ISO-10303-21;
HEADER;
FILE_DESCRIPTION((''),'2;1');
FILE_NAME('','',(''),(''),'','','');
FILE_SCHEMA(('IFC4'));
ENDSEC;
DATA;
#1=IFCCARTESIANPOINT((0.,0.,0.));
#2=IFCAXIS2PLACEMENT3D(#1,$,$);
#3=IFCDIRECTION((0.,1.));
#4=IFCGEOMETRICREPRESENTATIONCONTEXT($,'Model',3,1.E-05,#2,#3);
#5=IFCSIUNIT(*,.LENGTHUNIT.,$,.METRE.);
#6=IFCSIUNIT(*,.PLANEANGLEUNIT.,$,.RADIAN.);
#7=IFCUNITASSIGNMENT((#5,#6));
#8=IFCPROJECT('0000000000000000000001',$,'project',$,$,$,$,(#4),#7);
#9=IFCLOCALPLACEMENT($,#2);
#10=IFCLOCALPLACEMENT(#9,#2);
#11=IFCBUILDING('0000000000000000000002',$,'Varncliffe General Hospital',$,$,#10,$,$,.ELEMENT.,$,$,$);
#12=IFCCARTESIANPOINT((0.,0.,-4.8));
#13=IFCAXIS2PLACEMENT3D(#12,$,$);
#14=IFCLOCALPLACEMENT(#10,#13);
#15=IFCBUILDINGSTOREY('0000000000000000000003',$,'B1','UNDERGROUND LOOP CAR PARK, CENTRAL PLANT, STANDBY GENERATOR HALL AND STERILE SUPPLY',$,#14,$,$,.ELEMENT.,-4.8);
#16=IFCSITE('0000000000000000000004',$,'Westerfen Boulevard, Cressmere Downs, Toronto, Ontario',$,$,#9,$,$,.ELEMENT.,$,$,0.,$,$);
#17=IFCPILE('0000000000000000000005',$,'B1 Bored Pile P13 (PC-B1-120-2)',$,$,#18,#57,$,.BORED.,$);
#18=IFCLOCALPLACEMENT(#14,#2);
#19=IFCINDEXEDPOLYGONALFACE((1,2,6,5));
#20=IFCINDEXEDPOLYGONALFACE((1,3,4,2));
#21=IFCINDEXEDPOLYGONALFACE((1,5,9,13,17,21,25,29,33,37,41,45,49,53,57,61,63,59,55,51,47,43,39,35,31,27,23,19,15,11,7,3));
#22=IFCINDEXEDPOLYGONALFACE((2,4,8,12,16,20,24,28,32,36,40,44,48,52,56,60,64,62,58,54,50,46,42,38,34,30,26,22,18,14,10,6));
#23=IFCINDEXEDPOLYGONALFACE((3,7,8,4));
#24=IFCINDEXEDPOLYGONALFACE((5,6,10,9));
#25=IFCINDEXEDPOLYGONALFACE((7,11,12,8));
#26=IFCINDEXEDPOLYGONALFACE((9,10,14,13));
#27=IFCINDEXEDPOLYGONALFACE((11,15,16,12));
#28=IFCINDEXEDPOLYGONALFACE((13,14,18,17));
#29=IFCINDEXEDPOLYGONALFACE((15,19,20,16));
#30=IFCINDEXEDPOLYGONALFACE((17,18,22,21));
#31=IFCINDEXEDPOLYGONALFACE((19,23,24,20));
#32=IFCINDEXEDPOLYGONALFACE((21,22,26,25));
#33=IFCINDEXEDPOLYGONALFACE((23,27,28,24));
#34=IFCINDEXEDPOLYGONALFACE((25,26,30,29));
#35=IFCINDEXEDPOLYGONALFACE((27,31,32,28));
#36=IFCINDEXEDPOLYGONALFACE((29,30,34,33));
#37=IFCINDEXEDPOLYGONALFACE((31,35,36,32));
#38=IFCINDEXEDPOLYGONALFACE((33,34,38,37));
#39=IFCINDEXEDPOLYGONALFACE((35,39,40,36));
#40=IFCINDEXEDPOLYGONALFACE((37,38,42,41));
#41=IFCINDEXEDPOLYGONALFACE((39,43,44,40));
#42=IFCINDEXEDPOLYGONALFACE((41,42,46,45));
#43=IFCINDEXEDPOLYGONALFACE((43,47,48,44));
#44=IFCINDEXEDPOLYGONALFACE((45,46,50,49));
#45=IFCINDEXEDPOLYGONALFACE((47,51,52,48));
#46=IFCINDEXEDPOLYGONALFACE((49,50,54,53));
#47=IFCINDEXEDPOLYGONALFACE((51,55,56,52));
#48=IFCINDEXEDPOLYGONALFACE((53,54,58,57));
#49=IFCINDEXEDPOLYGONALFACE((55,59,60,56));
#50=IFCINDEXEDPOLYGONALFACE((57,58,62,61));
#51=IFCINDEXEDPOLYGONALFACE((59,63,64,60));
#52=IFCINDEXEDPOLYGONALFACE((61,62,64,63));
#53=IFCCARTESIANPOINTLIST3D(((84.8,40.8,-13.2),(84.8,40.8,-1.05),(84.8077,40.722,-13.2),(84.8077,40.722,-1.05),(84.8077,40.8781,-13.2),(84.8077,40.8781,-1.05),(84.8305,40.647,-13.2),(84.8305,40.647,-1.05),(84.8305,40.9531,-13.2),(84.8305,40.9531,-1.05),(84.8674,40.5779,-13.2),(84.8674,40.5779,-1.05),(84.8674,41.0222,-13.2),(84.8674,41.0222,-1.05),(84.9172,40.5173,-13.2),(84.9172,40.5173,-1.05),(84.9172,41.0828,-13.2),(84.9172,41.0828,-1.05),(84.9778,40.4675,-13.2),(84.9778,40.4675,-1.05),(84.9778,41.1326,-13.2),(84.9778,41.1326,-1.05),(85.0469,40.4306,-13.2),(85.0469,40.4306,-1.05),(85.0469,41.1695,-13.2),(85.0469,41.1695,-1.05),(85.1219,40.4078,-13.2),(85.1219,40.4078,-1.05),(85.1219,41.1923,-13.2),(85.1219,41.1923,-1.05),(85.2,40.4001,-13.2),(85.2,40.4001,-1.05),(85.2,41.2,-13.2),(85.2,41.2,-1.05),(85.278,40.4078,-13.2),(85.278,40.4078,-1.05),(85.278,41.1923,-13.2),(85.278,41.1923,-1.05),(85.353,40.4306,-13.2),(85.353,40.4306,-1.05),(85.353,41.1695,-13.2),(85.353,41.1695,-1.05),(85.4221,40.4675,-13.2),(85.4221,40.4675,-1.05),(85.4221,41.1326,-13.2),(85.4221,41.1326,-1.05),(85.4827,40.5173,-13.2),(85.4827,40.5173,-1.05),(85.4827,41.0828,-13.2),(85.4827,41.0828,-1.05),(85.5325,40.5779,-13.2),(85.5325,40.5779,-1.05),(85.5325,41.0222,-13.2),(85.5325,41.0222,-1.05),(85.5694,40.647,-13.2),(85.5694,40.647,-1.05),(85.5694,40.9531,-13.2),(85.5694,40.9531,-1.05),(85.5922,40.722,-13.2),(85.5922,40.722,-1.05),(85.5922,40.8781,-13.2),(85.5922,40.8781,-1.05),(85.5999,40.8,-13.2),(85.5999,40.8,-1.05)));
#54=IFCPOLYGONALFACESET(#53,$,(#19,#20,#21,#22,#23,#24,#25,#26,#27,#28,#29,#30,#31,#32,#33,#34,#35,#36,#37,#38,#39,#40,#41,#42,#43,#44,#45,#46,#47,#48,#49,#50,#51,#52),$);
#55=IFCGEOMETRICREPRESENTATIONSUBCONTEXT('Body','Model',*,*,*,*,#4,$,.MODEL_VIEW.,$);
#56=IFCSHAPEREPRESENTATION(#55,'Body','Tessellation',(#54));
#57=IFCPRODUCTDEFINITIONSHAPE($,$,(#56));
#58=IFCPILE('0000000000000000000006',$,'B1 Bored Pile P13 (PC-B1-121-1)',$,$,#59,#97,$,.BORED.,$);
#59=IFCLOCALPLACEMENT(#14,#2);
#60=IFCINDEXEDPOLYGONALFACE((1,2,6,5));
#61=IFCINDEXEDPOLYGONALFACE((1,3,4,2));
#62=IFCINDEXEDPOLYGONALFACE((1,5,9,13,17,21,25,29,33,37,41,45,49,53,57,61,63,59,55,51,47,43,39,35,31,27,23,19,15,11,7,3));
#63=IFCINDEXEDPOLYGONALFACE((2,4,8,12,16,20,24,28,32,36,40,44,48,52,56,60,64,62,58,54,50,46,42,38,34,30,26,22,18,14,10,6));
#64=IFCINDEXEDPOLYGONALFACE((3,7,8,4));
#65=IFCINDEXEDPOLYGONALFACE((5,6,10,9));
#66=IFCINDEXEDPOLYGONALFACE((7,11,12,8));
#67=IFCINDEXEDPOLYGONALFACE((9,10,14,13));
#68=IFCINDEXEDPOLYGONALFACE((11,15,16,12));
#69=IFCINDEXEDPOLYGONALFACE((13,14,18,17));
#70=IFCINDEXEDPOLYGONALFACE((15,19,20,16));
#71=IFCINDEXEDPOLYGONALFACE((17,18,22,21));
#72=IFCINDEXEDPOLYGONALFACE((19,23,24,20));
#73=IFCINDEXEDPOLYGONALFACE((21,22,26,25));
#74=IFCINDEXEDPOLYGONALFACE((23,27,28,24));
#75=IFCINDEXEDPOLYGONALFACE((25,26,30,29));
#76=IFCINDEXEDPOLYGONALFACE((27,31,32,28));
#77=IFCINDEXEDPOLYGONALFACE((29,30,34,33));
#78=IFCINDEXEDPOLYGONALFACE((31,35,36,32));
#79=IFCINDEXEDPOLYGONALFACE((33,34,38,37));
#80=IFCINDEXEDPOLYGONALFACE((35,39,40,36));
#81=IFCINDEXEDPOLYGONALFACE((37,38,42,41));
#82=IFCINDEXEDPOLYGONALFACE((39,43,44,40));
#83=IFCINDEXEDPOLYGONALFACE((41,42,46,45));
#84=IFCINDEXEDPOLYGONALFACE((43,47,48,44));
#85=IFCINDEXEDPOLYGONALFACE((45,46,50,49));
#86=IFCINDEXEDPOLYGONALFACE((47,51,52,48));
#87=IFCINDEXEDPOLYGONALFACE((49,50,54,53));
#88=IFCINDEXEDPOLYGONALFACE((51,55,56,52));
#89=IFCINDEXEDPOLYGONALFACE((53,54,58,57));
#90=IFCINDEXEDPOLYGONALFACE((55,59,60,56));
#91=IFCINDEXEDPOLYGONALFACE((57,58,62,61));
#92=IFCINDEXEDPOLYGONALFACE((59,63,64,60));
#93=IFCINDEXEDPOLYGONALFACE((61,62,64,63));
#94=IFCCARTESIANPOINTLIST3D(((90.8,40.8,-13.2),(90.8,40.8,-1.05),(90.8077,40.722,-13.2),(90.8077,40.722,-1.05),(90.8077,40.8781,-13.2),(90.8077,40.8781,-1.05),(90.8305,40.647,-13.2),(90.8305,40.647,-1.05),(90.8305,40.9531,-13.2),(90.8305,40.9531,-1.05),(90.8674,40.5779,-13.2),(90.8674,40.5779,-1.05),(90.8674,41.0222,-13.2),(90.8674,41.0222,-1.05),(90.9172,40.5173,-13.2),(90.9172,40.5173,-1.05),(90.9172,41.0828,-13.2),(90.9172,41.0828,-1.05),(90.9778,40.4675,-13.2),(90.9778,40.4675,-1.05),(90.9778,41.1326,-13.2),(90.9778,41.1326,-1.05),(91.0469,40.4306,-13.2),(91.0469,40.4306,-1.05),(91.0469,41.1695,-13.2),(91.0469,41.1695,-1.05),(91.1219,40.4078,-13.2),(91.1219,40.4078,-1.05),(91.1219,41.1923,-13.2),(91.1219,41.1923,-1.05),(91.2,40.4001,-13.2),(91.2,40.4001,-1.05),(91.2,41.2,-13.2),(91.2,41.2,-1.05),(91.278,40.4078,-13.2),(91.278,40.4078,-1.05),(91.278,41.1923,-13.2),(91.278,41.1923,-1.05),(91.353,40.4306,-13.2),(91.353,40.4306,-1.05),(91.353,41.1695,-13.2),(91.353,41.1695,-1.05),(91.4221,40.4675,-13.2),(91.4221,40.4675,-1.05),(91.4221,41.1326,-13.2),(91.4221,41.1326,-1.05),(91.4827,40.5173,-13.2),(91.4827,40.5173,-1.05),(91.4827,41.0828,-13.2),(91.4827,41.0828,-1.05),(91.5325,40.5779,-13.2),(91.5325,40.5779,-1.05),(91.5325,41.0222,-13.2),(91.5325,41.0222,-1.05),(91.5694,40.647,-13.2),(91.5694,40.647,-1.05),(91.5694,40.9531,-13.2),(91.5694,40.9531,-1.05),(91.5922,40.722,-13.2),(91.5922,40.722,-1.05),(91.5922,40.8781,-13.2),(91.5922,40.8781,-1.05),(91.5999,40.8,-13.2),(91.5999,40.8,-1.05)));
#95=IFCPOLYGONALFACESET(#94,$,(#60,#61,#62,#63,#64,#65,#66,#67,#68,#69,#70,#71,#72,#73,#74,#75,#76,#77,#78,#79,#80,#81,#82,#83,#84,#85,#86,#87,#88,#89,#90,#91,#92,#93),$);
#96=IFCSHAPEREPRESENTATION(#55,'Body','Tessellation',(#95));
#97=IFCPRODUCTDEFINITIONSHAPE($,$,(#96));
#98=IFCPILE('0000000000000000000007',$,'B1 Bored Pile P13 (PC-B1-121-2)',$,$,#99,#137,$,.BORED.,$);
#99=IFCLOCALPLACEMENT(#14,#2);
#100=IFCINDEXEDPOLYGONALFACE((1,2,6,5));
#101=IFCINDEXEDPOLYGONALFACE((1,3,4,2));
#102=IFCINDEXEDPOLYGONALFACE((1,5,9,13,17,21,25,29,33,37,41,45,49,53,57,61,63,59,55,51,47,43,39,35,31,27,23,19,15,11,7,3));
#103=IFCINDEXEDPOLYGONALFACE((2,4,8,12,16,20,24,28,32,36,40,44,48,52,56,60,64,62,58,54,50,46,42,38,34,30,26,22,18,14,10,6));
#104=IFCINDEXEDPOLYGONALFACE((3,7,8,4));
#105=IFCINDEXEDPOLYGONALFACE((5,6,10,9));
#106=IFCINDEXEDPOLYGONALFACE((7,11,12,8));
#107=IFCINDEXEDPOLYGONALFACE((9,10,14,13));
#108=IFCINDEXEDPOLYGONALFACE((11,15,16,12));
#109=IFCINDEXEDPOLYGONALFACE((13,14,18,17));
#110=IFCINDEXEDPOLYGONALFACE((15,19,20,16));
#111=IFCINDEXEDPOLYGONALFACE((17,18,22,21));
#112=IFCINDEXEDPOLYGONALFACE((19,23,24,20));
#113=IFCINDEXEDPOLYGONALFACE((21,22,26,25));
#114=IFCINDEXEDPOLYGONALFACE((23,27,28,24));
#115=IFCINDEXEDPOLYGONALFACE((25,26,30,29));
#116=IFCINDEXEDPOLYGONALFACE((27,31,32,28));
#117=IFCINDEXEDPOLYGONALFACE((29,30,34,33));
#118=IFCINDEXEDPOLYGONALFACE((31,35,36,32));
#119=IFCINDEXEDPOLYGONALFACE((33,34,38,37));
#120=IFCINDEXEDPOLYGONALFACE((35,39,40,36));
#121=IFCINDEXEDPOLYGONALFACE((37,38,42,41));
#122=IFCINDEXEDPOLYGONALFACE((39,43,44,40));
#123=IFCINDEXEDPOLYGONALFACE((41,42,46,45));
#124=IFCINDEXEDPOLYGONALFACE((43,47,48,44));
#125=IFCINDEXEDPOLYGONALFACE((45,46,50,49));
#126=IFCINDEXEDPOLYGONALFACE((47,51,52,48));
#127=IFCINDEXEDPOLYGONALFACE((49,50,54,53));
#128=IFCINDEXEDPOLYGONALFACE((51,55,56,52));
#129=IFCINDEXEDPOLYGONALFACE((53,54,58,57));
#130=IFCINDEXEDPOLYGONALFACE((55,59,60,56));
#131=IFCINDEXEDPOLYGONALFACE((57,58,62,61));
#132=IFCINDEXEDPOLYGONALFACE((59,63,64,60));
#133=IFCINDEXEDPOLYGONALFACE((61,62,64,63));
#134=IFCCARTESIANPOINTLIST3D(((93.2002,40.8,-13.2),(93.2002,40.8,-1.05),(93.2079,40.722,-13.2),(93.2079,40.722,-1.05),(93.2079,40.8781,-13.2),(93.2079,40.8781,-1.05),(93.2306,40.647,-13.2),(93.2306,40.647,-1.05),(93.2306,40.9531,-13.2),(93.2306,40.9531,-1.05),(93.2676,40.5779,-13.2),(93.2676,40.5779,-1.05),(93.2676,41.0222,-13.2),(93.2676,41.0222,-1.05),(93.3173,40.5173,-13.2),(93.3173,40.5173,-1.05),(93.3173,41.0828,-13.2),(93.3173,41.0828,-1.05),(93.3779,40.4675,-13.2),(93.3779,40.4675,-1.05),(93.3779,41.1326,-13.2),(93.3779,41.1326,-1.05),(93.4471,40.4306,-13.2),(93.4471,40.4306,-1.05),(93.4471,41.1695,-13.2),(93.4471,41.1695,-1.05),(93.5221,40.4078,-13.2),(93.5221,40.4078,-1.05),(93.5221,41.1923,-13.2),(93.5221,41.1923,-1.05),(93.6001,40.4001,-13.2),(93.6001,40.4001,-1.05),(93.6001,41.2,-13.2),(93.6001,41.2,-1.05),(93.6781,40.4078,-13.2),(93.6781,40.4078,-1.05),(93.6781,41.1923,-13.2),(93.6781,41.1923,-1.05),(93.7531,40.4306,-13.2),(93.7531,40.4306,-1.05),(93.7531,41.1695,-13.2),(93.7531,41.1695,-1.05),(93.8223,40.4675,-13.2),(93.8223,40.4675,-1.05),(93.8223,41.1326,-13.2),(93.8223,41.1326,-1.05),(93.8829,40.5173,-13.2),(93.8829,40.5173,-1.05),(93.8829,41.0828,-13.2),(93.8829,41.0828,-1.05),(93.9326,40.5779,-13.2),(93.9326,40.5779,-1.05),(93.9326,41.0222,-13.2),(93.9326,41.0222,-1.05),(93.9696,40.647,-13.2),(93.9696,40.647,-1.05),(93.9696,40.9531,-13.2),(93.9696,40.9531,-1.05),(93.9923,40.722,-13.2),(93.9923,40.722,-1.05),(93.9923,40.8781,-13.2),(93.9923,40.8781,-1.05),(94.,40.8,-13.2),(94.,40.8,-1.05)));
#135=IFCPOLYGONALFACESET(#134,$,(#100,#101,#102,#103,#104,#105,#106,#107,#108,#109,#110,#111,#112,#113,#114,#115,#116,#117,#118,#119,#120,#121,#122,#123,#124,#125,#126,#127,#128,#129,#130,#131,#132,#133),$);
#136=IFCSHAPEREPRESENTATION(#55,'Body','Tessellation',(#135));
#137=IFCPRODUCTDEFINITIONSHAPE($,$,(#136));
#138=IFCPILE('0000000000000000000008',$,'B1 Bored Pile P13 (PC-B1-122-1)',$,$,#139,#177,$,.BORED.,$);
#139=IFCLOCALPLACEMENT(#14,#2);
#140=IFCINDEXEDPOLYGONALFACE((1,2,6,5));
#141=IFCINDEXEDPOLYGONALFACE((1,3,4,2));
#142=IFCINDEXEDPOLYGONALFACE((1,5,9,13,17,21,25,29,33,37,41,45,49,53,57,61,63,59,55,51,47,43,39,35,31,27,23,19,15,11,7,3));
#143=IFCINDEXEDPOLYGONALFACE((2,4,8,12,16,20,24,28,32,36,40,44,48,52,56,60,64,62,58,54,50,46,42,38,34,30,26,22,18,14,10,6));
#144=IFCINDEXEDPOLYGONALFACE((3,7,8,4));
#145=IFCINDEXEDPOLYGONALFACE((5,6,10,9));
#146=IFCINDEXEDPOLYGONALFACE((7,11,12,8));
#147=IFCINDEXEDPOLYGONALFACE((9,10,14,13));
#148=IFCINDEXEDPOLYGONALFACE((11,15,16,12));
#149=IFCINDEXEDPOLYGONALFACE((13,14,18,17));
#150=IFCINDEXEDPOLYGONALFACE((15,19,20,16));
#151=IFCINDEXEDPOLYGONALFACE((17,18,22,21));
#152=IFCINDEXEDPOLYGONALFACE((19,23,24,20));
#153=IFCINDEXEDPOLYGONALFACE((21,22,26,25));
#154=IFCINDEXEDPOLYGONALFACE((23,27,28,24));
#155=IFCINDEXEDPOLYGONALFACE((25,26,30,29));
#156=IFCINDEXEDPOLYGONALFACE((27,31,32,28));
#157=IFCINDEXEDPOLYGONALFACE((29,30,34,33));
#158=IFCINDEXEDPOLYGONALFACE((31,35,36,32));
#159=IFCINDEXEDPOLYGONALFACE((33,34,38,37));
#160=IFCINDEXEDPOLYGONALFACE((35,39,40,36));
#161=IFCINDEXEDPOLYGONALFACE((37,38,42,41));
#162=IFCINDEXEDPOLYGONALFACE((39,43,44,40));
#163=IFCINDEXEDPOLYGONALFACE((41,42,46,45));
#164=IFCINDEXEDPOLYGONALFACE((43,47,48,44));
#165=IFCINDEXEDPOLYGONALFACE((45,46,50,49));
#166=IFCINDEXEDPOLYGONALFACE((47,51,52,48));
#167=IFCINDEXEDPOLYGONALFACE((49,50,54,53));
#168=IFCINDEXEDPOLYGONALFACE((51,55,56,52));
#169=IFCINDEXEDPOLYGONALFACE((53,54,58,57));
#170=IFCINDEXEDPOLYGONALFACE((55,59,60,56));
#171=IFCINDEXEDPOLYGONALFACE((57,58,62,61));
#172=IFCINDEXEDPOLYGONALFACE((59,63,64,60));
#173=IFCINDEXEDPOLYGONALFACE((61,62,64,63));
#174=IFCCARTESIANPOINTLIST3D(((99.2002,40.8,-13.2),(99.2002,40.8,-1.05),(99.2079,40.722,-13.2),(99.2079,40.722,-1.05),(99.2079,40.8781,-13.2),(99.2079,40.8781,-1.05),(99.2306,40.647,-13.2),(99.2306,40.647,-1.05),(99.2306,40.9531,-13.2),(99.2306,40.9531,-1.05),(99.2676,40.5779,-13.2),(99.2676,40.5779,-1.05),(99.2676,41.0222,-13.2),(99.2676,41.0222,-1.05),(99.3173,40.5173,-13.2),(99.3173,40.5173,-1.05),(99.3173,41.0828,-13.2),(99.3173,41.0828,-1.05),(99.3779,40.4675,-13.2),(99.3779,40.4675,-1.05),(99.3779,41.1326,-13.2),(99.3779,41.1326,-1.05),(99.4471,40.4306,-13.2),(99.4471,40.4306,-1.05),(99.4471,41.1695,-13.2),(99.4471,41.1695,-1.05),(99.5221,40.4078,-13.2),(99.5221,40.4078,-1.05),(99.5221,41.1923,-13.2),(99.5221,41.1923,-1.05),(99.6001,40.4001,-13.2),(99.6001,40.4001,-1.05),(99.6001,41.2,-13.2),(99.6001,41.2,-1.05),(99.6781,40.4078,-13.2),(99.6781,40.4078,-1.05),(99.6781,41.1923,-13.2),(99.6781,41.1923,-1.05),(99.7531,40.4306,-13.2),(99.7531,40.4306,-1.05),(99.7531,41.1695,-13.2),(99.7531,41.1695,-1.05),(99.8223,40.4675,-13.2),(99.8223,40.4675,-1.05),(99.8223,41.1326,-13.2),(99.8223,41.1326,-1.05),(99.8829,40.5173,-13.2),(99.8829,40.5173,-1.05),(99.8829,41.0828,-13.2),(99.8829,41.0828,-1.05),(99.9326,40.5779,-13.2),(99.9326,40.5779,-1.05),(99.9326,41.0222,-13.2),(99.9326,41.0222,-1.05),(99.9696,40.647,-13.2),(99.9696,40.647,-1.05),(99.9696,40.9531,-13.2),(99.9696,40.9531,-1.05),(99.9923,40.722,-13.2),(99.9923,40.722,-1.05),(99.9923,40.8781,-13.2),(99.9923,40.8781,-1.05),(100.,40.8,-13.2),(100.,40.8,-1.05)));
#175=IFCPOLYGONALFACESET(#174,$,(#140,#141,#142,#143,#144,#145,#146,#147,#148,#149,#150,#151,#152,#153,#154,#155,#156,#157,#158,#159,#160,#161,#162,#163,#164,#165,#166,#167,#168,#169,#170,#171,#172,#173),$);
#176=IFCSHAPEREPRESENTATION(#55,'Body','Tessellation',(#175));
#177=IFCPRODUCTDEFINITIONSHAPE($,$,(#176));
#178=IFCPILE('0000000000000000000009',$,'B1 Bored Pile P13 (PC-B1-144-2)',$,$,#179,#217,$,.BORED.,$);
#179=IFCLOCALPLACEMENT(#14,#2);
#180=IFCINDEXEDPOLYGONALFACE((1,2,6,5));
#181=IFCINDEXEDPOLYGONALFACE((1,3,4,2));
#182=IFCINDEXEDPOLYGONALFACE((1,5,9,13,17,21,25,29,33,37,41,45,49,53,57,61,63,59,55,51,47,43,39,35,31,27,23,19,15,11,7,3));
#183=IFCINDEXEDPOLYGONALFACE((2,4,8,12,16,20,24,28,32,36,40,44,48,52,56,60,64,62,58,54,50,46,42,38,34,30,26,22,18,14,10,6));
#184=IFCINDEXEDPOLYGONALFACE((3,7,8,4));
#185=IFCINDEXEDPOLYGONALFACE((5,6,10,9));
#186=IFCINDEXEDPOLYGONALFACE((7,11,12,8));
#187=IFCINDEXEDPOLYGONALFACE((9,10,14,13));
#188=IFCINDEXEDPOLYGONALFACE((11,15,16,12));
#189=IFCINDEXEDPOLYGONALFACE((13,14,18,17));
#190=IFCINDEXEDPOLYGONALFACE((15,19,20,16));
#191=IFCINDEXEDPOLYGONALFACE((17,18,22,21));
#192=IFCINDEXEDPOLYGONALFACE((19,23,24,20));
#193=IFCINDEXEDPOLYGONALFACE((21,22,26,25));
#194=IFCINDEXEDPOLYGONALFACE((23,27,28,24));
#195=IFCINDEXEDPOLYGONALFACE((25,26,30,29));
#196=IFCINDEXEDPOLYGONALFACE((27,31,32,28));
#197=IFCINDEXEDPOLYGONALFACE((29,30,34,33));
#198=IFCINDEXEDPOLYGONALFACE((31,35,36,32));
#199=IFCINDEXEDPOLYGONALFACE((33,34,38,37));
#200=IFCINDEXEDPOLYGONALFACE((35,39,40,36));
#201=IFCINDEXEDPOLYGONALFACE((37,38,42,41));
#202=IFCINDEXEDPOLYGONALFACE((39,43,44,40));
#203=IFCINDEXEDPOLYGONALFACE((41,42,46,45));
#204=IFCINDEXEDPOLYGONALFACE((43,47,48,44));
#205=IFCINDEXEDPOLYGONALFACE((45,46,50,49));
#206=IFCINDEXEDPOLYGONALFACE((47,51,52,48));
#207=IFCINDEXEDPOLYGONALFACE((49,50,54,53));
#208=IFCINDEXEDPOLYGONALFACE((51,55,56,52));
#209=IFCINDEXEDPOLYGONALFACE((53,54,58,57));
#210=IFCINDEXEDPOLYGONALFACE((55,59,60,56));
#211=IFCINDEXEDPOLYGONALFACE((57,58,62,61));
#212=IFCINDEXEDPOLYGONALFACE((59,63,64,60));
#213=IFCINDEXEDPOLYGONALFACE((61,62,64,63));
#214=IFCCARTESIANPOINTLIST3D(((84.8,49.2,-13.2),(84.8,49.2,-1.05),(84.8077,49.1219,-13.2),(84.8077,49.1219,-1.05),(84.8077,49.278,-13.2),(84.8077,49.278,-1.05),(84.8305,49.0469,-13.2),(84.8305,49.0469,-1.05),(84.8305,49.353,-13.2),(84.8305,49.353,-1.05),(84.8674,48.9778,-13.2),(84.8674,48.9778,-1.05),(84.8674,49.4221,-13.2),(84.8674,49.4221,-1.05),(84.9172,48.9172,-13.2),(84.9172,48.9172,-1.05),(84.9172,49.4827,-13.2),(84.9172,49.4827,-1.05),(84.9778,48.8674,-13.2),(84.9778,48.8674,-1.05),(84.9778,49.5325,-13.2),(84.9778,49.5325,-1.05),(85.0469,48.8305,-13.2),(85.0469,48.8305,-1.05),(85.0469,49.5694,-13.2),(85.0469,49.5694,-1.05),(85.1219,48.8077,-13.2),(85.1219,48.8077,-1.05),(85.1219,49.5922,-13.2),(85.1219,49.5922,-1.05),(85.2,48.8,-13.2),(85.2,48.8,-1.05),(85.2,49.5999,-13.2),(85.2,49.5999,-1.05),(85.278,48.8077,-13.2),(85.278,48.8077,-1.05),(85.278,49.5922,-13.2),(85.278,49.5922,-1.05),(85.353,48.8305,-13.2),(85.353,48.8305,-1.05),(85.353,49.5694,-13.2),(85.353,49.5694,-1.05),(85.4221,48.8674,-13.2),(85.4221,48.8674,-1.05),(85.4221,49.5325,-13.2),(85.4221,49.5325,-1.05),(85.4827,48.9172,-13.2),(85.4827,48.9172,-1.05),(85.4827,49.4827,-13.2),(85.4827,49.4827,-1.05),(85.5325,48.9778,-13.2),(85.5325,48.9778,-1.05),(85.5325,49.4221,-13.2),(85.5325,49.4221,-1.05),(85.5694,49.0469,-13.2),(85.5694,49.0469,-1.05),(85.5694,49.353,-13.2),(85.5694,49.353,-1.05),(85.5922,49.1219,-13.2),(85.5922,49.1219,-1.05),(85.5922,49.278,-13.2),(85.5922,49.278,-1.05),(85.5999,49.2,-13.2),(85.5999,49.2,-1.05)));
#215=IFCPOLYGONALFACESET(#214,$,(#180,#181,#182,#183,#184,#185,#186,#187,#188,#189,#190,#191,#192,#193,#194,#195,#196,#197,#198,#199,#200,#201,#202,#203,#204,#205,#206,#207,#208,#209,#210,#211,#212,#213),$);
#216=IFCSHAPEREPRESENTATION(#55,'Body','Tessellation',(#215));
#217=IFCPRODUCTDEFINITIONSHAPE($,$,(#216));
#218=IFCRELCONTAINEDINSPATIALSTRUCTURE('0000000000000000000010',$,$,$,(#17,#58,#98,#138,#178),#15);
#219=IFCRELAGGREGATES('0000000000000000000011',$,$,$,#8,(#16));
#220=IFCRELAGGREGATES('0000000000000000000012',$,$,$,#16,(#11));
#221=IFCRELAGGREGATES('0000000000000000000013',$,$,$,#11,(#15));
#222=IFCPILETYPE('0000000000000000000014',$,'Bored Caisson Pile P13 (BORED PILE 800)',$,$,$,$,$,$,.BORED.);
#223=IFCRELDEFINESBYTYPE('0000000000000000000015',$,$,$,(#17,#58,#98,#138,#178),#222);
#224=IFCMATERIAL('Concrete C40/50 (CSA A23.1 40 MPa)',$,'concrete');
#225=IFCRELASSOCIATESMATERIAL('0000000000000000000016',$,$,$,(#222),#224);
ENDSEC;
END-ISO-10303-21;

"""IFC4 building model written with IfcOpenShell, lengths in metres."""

from ifc_helpers import new_model, si_unit, direction, frame, origin, origin_2d, place, context, subcontext, project, spatial, circle, extrude, material, material_profile, profile_set, type_object, element, save


model = new_model("IFC4")

# Units and contexts
model_context = context("Model", 3, precision=1e-05, world=origin(), true_north=direction((0.0, 1.0)))
body_context = subcontext(model_context, "Body", "Model", "MODEL_VIEW")
ifc_project = project(units=[si_unit("LENGTHUNIT", "METRE"), si_unit("PLANEANGLEUNIT", "RADIAN")], contexts=[model_context])

# Site, building, storey
site_placement = place(None, origin())
site = spatial("IfcSite", under=ifc_project, at=site_placement, Name="Westerfen Boulevard, Cressmere Downs, Toronto, Ontario", CompositionType="ELEMENT", RefElevation=0.0)
building_placement = place(site_placement, origin())
building = spatial("IfcBuilding", under=site, at=building_placement, Name="Varncliffe General Hospital", CompositionType="ELEMENT")
storey_placement = place(building_placement, frame((0.0, 0.0, -4.8)))
storey = spatial("IfcBuildingStorey", under=building, at=storey_placement, Name="B1", Description="UNDERGROUND LOOP CAR PARK, CENTRAL PLANT, STANDBY GENERATOR HALL AND STERILE SUPPLY", CompositionType="ELEMENT", Elevation=-4.8)

# Piles
ifc_material_1 = material(Name="Concrete C40/50 (CSA A23.1 40 MPa)", Category="concrete")
ifc_material_profile_1 = material_profile(ifc_material_1, circle(Radius=0.3999, at=origin_2d()), Name="BORED PILE 800")
ifc_profile_set_1 = profile_set([ifc_material_profile_1], Name="Concrete C40/50 (CSA A23.1 40 MPa)")
pile_type = type_object("IfcPileType", Name="Bored Caisson Pile P13 (BORED PILE 800)", PredefinedType="BORED", material=ifc_profile_set_1)
for number, where, z_axis, x_axis, name in (
    (1, (85.2, 40.8, -1.05), (0.0, 0.0, -1.0), (1.0, 0.0, 0.0), "B1 Bored Pile P13 (PC-B1-120-2)"),
    (2, (91.2, 40.8, -1.05), (0.0, 0.0, -1.0), (1.0, 0.0, 0.0), "B1 Bored Pile P13 (PC-B1-121-1)"),
    (3, (93.6001, 40.8, -1.05), (0.0, 0.0, -1.0), (1.0, 0.0, 0.0), "B1 Bored Pile P13 (PC-B1-121-2)"),
    (4, (99.6001, 40.8, -1.05), (0.0, 0.0, -1.0), (1.0, 0.0, 0.0), "B1 Bored Pile P13 (PC-B1-122-1)"),
    (5, (85.2, 49.2, -1.05), (0.0, 0.0, -1.0), (1.0, 0.0, 0.0), "B1 Bored Pile P13 (PC-B1-144-2)"),
):
    element("IfcPile", number, at=place(storey_placement, frame(where, z_axis=z_axis, x_axis=x_axis)), inside=storey, type_object=pile_type, Name=name, PredefinedType="BORED", context=body_context, shape_type="SweptSolid", body=[
        extrude(circle(Radius=0.3999, at=origin_2d()), origin(), (0.0, 0.0, 1.0), 12.1499),
    ])

save(model, "model.ifc")
